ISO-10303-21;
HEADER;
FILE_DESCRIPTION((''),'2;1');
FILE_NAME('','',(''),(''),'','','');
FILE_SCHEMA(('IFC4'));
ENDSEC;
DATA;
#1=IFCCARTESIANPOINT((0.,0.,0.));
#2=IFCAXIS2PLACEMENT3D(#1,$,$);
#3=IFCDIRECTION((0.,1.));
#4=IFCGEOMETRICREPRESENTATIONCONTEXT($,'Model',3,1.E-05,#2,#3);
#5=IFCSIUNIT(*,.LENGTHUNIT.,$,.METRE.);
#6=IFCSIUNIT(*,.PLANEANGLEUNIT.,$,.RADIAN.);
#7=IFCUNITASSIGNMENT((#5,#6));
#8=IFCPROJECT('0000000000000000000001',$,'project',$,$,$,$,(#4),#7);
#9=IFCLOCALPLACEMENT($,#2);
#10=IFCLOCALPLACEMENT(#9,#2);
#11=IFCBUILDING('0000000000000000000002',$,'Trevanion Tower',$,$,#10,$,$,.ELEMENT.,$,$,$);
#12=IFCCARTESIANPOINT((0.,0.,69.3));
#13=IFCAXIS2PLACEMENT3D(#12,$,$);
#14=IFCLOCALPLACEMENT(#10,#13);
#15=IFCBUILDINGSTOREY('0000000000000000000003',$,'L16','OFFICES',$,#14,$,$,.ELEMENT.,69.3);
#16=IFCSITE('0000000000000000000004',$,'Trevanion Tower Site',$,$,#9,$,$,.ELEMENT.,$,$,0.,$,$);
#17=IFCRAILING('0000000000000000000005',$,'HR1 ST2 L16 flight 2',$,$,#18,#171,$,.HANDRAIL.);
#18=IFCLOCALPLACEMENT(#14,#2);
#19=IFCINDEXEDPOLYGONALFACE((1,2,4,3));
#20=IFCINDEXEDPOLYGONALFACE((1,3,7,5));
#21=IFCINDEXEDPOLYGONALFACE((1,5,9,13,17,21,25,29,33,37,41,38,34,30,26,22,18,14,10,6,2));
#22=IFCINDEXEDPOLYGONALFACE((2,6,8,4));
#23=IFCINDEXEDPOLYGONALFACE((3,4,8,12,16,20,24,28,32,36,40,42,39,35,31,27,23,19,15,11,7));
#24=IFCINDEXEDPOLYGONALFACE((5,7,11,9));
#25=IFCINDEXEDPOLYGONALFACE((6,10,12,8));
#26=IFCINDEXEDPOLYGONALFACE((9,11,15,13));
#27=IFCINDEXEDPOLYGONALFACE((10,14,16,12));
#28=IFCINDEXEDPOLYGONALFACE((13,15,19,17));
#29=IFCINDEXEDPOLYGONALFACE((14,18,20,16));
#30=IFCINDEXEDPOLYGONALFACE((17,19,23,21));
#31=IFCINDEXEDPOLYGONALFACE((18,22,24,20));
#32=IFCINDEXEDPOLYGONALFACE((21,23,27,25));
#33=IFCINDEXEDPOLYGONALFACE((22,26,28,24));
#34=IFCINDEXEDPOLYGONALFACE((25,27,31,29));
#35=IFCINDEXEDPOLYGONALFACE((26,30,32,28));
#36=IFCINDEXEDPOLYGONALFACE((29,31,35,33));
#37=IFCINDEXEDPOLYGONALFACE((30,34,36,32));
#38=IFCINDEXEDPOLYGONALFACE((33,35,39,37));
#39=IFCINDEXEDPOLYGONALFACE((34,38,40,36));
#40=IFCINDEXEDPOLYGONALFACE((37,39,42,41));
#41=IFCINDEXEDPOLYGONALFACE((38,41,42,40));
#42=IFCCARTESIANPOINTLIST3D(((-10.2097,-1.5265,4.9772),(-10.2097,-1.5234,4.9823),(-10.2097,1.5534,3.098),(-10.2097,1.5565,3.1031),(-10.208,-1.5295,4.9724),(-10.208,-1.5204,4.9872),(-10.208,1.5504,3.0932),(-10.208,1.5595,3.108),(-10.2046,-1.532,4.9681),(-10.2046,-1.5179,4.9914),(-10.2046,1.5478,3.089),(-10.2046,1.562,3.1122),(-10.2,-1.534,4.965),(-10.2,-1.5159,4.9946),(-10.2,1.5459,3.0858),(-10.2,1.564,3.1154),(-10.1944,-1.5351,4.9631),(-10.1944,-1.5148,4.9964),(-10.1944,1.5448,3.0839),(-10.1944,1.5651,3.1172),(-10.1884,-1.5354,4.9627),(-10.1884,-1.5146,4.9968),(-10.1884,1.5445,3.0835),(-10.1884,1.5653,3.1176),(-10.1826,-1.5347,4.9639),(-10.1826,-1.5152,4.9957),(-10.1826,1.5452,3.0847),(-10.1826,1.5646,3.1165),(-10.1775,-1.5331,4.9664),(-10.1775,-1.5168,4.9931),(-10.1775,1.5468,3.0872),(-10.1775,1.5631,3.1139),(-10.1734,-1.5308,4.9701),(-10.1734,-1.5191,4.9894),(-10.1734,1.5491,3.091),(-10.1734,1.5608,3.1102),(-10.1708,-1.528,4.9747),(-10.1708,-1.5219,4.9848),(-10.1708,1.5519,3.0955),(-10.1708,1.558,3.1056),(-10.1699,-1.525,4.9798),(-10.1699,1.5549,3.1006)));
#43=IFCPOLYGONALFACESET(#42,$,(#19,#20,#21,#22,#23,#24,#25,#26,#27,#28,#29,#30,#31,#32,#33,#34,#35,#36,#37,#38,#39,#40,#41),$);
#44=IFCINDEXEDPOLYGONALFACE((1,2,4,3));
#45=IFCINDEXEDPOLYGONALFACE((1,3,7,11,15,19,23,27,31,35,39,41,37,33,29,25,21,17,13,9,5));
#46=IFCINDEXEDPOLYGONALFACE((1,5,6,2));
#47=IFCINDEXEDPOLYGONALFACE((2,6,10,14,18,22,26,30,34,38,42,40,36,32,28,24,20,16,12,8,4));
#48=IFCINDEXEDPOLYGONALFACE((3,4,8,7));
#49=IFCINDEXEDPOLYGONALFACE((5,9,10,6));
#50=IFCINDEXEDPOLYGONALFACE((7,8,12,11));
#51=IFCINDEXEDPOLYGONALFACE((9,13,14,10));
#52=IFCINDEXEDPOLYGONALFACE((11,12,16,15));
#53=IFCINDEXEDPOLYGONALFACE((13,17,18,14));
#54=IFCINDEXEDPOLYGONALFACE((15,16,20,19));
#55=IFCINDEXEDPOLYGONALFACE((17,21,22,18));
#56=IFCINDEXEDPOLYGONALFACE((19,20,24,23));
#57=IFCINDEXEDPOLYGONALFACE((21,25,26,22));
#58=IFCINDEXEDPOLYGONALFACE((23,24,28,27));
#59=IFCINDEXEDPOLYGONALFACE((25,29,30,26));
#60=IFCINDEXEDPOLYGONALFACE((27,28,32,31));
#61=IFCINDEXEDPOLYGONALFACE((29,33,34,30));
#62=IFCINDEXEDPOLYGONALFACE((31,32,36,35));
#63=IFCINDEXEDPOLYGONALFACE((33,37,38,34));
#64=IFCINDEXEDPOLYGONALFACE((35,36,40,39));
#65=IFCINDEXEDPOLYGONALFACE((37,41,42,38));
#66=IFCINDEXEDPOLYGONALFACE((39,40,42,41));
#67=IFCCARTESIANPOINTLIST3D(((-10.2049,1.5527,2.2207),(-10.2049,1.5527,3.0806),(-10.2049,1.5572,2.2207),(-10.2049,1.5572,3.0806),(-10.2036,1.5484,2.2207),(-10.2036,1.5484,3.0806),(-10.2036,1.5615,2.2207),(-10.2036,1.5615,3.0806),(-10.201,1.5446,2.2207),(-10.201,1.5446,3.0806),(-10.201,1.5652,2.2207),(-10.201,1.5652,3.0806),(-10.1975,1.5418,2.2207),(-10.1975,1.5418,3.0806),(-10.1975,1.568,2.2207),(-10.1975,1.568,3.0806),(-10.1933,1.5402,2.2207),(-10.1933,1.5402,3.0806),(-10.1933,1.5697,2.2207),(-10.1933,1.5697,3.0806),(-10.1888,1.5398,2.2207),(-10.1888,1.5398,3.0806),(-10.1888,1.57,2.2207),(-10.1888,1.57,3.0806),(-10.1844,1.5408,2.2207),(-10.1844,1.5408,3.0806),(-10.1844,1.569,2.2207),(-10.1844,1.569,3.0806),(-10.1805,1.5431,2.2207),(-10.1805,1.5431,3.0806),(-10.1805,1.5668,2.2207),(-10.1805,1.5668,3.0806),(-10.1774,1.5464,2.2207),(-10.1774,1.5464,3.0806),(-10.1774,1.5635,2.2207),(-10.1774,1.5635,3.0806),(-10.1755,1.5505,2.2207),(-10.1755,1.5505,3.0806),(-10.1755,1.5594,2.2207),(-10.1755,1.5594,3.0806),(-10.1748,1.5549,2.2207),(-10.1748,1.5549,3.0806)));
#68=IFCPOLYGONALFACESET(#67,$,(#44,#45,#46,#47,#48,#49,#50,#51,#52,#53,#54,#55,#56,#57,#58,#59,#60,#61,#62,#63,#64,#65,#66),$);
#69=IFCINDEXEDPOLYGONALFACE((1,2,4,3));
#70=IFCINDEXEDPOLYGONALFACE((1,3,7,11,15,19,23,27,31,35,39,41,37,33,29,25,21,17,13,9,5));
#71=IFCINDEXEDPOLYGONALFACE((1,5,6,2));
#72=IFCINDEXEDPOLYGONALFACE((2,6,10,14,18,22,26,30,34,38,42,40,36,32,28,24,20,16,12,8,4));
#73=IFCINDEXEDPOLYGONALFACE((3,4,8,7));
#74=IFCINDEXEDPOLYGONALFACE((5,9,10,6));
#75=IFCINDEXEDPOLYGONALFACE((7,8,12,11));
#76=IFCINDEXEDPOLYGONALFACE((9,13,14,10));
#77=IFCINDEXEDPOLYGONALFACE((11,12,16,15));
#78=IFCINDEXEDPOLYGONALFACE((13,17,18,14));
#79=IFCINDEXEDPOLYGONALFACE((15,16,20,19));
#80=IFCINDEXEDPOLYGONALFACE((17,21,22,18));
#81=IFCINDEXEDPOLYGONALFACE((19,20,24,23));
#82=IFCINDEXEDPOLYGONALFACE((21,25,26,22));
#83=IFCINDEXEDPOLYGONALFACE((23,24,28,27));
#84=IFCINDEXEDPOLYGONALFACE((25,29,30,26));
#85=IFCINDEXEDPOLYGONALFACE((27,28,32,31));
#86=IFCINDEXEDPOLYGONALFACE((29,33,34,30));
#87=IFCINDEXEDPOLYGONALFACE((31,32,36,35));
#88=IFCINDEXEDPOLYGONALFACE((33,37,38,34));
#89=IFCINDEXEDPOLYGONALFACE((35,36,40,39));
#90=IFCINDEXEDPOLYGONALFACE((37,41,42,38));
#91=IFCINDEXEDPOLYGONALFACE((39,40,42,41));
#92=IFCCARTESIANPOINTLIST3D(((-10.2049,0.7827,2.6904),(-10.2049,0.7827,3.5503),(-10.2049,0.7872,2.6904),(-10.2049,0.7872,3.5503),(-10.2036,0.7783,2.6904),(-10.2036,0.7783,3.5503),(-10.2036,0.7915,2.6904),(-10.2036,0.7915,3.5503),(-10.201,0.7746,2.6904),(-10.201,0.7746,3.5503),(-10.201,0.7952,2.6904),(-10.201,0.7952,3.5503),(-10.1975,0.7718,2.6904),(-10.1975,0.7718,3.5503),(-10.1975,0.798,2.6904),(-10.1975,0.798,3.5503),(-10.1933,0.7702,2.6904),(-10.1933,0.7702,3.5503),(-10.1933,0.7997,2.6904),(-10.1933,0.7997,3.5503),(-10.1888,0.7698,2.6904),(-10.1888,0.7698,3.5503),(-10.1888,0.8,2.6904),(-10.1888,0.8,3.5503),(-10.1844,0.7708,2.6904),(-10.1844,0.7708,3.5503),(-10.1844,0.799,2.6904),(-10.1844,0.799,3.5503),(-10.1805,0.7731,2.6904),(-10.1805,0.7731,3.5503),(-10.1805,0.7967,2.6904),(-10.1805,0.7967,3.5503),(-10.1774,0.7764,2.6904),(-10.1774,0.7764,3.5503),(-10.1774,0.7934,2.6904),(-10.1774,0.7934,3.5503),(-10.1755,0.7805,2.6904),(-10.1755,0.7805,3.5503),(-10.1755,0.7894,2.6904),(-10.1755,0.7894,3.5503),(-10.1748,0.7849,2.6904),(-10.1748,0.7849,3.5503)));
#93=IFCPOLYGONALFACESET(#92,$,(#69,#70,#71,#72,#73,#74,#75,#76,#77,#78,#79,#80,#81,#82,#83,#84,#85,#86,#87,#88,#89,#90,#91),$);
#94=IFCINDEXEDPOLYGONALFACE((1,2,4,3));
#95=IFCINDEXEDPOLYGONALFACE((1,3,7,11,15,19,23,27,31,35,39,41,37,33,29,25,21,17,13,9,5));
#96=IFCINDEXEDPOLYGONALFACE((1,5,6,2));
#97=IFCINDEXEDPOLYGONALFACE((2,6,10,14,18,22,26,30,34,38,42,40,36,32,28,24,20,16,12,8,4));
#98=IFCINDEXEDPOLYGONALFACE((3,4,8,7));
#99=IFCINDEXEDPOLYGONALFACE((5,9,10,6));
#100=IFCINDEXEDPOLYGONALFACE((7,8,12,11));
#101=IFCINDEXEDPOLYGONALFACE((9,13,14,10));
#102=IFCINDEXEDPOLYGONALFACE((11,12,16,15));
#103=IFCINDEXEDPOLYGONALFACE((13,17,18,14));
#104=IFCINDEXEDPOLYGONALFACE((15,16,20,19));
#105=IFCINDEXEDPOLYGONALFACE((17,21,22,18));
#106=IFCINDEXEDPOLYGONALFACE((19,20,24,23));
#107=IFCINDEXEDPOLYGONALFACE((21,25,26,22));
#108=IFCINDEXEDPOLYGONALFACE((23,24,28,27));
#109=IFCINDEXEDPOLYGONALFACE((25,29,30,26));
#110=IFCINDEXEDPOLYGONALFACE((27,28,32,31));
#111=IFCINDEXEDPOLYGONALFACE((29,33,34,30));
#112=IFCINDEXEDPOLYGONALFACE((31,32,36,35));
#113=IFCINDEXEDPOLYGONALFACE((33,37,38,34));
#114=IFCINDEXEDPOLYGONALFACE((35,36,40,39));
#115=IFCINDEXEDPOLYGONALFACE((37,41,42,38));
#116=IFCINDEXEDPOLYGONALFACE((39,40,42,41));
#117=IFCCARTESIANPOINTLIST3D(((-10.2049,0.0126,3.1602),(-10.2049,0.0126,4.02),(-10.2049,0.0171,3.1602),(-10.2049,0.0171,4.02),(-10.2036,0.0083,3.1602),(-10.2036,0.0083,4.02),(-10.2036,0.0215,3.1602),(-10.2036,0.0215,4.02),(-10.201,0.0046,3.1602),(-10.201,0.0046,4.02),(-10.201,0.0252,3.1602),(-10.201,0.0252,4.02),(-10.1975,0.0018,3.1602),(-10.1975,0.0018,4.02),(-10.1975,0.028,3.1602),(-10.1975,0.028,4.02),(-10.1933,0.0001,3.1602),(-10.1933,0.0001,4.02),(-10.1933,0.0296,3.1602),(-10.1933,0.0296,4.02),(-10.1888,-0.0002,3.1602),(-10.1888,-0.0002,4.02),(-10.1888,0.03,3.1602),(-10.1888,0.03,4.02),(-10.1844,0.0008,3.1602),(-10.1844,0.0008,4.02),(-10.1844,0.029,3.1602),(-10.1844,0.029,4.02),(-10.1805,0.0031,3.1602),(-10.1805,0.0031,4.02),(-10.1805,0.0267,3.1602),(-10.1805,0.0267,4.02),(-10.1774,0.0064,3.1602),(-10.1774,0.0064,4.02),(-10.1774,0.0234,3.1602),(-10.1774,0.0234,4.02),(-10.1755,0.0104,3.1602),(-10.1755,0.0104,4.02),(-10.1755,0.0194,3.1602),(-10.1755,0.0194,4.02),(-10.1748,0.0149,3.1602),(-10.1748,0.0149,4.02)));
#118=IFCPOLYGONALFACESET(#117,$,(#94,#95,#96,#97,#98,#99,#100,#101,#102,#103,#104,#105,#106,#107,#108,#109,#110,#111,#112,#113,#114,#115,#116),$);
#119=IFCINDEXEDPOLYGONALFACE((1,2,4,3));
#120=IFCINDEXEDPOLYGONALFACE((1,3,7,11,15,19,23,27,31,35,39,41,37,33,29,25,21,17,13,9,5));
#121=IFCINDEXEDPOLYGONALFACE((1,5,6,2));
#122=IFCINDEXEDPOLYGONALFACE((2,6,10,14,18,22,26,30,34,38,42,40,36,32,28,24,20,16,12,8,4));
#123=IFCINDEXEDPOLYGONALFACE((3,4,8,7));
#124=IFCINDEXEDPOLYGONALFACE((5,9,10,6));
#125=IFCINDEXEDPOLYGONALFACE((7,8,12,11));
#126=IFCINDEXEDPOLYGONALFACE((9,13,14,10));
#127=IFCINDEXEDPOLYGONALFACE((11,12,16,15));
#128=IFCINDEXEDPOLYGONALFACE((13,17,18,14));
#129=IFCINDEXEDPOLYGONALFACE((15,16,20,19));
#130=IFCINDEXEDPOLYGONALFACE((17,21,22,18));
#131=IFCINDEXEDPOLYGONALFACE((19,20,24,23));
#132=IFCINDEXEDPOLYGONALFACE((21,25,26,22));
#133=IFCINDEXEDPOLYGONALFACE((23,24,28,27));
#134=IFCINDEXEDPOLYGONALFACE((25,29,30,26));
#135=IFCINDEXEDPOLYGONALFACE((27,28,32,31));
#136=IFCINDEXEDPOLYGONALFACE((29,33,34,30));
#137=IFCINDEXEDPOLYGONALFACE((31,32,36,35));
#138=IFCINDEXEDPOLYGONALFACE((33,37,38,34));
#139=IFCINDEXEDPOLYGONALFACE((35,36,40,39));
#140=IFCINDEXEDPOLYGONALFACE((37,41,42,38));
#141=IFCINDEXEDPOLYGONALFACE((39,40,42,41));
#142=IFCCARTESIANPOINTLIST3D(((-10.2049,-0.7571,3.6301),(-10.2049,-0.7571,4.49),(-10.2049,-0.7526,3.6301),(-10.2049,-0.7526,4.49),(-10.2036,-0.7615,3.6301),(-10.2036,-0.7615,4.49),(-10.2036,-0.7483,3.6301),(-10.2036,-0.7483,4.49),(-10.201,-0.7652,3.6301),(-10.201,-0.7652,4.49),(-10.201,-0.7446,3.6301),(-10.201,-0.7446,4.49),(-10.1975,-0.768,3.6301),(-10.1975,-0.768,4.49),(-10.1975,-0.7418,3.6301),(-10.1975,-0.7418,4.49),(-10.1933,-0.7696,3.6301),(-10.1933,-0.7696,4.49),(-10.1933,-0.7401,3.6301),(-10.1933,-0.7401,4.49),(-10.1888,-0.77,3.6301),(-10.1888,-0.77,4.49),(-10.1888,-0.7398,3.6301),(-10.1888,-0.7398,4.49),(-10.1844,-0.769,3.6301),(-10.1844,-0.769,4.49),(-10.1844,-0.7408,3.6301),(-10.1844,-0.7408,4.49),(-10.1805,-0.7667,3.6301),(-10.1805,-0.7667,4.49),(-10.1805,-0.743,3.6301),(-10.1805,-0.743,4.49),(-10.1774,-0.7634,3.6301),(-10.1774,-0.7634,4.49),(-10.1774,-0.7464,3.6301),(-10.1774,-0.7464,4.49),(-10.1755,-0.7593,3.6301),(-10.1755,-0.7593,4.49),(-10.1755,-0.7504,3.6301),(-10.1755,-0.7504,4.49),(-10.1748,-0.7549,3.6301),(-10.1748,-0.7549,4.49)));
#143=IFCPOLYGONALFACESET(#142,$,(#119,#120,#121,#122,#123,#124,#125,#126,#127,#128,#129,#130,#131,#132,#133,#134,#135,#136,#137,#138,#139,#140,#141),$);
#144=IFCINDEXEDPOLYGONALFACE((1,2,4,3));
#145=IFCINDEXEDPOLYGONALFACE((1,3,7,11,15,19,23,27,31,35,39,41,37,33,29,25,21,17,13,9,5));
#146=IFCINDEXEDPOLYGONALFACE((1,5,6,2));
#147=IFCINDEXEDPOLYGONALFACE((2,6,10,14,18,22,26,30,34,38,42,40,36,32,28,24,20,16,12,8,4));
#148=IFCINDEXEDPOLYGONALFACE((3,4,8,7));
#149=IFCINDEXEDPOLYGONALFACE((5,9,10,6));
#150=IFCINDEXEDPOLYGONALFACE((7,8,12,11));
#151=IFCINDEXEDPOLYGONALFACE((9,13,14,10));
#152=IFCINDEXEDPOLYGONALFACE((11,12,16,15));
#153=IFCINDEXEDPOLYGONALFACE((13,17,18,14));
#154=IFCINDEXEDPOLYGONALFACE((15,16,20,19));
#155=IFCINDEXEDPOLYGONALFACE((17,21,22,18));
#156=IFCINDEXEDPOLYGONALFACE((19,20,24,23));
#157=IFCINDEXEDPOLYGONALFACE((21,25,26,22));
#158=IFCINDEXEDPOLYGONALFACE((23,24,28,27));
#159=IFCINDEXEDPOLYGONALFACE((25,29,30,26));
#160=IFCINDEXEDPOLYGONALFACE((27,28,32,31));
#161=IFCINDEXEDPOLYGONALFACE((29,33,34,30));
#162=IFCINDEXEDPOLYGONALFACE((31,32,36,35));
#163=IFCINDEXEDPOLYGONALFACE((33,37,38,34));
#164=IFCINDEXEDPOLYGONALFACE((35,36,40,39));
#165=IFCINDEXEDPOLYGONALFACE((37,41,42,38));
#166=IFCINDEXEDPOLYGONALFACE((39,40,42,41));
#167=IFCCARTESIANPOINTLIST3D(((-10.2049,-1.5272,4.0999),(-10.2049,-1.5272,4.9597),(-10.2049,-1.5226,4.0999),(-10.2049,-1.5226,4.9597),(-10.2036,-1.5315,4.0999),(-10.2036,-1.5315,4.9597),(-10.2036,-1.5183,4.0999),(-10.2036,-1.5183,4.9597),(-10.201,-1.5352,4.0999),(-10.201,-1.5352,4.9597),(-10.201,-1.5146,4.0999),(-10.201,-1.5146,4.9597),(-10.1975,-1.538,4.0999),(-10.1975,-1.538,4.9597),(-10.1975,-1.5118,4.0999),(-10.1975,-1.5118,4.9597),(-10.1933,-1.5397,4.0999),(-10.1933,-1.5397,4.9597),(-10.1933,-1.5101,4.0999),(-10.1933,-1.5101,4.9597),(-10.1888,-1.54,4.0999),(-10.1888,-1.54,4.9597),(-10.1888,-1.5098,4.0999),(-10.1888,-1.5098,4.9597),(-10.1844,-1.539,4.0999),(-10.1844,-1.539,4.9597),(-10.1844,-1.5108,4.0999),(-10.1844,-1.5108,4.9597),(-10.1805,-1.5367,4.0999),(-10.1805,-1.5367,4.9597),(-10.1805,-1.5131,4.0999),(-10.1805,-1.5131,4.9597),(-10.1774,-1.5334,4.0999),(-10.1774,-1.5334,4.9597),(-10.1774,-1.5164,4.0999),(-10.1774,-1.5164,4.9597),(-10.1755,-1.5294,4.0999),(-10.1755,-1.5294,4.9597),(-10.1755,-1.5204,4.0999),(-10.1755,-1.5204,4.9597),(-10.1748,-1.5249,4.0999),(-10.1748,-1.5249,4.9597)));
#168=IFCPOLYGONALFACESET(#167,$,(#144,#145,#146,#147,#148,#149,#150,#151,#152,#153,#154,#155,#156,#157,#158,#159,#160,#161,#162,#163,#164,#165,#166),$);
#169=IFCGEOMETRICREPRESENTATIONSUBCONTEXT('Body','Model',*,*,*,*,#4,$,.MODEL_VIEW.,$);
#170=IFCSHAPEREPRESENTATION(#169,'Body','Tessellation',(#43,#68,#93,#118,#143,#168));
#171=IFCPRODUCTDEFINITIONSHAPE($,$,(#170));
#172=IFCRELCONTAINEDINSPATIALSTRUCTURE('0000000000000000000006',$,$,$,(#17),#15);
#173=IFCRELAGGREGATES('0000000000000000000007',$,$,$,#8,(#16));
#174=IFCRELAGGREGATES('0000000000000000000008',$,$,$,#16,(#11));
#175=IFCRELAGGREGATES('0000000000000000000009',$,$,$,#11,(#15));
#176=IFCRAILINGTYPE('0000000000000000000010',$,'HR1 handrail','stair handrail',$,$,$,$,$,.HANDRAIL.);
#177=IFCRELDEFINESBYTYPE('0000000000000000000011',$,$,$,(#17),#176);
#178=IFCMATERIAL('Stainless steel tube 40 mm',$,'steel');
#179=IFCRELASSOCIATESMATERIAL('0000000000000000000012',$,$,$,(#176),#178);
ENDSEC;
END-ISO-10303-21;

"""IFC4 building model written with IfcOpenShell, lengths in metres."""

from ifc_helpers import new_model, si_unit, direction, frame, origin, origin_2d, place, context, subcontext, project, spatial, circle, extrude, material, type_object, element, save


model = new_model("IFC4")

# Units and contexts
model_context = context("Model", 3, precision=1e-05, world=origin(), true_north=direction((0.0, 1.0)))
body_context = subcontext(model_context, "Body", "Model", "MODEL_VIEW")
ifc_project = project(units=[si_unit("LENGTHUNIT", "METRE"), si_unit("PLANEANGLEUNIT", "RADIAN")], contexts=[model_context])

# Site, building, storey
site_placement = place(None, origin())
site = spatial("IfcSite", under=ifc_project, at=site_placement, Name="Trevanion Tower Site", CompositionType="ELEMENT", RefElevation=0.0)
building_placement = place(site_placement, origin())
building = spatial("IfcBuilding", under=site, at=building_placement, Name="Trevanion Tower", CompositionType="ELEMENT")
storey_placement = place(building_placement, frame((0.0, 0.0, 69.3)))
storey = spatial("IfcBuildingStorey", under=building, at=storey_placement, Name="L16", Description="OFFICES", CompositionType="ELEMENT", Elevation=69.3)

# Railing
ifc_material_1 = material(Name="Stainless steel tube 40 mm", Category="steel")
railing_type = type_object("IfcRailingType", Name="HR1 handrail", Description="stair handrail", PredefinedType="HANDRAIL", material=ifc_material_1)
for number, where, name in (
    (1, (-10.1899, 1.5549, 2.2207), "HR1 ST2 L16 flight 2"),
):
    element("IfcRailing", number, at=place(storey_placement, frame(where)), inside=storey, type_object=railing_type, Name=name, PredefinedType="HANDRAIL", context=body_context, shape_type="SweptSolid", body=[
        extrude(circle(Radius=0.02, at=origin_2d()), frame((0.0, 0.0, 0.8799), z_axis=(0.0, -0.853648, 0.52085), x_axis=(1.0, 0.0, 0.0)), (0.0, 0.0, 1.0), 3.6079),
        extrude(circle(Radius=0.0151, at=origin_2d()), origin(), (0.0, 0.0, 1.0), 0.8599),
        extrude(circle(Radius=0.0151, at=origin_2d()), frame((0.0, -0.77, 0.4697)), (0.0, 0.0, 1.0), 0.8599),
        extrude(circle(Radius=0.0151, at=origin_2d()), frame((0.0, -1.54, 0.9395)), (0.0, 0.0, 1.0), 0.8599),
        extrude(circle(Radius=0.0151, at=origin_2d()), frame((0.0, -2.3098, 1.4094)), (0.0, 0.0, 1.0), 0.8599),
        extrude(circle(Radius=0.0151, at=origin_2d()), frame((0.0, -3.0798, 1.8792)), (0.0, 0.0, 1.0), 0.8599),
    ])

save(model, "model.ifc")
